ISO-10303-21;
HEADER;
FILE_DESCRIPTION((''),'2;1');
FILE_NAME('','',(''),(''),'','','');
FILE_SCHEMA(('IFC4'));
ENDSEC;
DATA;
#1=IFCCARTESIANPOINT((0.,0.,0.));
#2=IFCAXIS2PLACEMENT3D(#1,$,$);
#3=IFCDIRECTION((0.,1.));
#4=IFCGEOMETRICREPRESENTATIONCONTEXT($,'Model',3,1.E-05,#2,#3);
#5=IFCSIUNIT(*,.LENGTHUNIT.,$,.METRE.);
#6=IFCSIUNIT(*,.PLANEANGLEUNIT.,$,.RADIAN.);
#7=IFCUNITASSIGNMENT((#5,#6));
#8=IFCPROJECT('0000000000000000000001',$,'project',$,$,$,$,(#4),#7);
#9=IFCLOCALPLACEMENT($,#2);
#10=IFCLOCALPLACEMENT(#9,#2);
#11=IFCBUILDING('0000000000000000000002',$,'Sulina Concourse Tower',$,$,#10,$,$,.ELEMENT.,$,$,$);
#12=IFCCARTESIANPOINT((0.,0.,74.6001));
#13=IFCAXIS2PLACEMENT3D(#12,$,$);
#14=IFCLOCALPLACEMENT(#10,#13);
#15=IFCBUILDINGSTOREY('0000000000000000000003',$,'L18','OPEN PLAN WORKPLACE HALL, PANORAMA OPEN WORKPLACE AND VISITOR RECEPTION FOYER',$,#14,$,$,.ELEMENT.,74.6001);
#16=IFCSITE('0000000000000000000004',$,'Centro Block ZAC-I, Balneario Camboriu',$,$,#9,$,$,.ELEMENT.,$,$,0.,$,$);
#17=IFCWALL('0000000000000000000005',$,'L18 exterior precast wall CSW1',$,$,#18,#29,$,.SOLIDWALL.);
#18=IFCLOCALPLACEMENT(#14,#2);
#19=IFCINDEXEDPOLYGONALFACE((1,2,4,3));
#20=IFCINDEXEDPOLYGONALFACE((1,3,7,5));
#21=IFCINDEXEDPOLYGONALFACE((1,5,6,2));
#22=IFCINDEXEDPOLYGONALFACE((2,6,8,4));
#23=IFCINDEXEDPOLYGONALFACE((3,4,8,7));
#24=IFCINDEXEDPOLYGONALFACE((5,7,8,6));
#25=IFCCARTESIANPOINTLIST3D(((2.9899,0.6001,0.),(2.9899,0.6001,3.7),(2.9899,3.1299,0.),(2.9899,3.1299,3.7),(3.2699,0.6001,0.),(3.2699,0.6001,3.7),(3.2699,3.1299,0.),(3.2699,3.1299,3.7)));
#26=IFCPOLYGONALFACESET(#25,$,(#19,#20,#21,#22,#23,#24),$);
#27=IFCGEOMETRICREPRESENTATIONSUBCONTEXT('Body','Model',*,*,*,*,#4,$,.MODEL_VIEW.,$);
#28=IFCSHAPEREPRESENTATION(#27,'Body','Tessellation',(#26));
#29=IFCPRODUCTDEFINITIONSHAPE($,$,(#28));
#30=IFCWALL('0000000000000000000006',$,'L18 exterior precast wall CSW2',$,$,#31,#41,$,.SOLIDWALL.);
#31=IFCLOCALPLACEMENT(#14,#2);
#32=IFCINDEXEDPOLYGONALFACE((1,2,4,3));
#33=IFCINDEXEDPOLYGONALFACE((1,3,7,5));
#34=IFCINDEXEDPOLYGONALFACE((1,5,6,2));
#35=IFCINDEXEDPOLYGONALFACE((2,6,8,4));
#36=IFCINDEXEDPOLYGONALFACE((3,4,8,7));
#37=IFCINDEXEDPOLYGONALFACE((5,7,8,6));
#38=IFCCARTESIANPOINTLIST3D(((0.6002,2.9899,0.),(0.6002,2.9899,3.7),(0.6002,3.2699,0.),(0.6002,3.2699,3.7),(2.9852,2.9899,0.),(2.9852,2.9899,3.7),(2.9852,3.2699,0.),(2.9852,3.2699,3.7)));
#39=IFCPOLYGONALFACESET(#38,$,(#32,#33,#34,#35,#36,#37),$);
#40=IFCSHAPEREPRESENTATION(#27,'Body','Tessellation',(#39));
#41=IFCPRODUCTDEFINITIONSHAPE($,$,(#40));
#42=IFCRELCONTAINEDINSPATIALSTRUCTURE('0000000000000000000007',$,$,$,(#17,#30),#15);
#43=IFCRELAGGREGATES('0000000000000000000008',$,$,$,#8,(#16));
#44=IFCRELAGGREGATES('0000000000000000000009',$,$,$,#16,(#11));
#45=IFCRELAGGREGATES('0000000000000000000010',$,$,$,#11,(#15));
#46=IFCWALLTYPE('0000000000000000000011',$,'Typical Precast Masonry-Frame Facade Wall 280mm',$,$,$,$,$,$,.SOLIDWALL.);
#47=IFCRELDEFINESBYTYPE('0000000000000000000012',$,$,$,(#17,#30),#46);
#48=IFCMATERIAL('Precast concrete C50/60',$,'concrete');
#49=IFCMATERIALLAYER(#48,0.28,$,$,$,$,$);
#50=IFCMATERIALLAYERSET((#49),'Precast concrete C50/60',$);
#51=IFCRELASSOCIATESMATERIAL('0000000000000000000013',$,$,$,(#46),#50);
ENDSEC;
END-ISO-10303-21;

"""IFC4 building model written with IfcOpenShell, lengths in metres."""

from ifc_helpers import new_model, si_unit, direction, frame, frame_2d, origin, place, context, subcontext, project, spatial, rectangle, extrude, material, layer, layer_set, type_object, element, save


model = new_model("IFC4")

# Units and contexts
model_context = context("Model", 3, precision=1e-05, world=origin(), true_north=direction((0.0, 1.0)))
body_context = subcontext(model_context, "Body", "Model", "MODEL_VIEW")
ifc_project = project(units=[si_unit("LENGTHUNIT", "METRE"), si_unit("PLANEANGLEUNIT", "RADIAN")], contexts=[model_context])

# Site, building, storey
site_placement = place(None, origin())
site = spatial("IfcSite", under=ifc_project, at=site_placement, Name="Centro Block ZAC-I, Balneario Camboriu", CompositionType="ELEMENT", RefElevation=0.0)
building_placement = place(site_placement, origin())
building = spatial("IfcBuilding", under=site, at=building_placement, Name="Sulina Concourse Tower", CompositionType="ELEMENT")
storey_placement = place(building_placement, frame((0.0, 0.0, 74.6001)))
storey = spatial("IfcBuildingStorey", under=building, at=storey_placement, Name="L18", Description="OPEN PLAN WORKPLACE HALL, PANORAMA OPEN WORKPLACE AND VISITOR RECEPTION FOYER", CompositionType="ELEMENT", Elevation=74.6001)

# Shared definitions
ifc_material_1 = material(Name="Precast concrete C50/60", Category="concrete")
ifc_layer_1 = layer(ifc_material_1, 0.28)
ifc_layer_set_1 = layer_set([ifc_layer_1], Name="Precast concrete C50/60")
wall_type_1 = type_object("IfcWallType", Name="Typical Precast Masonry-Frame Facade Wall 280mm", PredefinedType="SOLIDWALL", material=ifc_layer_set_1)

# Walls
wall_1_placement = place(storey_placement, frame((3.1299, 0.6001, 0.0), z_axis=(0.0, 0.0, 1.0), x_axis=(0.0, 1.0, 0.0)))
element("IfcWall", 1, at=wall_1_placement, inside=storey, type_object=wall_type_1, Name="L18 exterior precast wall CSW1", PredefinedType="SOLIDWALL", context=body_context, shape_type="SweptSolid", body=[
    extrude(rectangle(XDim=2.5298, YDim=0.28, at=frame_2d((1.2649, 0.0))), origin(), (0.0, 0.0, 1.0), 3.7),
])
wall_2_placement = place(storey_placement, frame((2.9851, 3.1299, 0.0), z_axis=(0.0, 0.0, 1.0), x_axis=(-1.0, 0.0, 0.0)))
element("IfcWall", 2, at=wall_2_placement, inside=storey, type_object=wall_type_1, Name="L18 exterior precast wall CSW2", PredefinedType="SOLIDWALL", context=body_context, shape_type="SweptSolid", body=[
    extrude(rectangle(XDim=2.385, YDim=0.28, at=frame_2d((1.1924, 0.0))), origin(), (0.0, 0.0, 1.0), 3.7),
])

save(model, "model.ifc")
